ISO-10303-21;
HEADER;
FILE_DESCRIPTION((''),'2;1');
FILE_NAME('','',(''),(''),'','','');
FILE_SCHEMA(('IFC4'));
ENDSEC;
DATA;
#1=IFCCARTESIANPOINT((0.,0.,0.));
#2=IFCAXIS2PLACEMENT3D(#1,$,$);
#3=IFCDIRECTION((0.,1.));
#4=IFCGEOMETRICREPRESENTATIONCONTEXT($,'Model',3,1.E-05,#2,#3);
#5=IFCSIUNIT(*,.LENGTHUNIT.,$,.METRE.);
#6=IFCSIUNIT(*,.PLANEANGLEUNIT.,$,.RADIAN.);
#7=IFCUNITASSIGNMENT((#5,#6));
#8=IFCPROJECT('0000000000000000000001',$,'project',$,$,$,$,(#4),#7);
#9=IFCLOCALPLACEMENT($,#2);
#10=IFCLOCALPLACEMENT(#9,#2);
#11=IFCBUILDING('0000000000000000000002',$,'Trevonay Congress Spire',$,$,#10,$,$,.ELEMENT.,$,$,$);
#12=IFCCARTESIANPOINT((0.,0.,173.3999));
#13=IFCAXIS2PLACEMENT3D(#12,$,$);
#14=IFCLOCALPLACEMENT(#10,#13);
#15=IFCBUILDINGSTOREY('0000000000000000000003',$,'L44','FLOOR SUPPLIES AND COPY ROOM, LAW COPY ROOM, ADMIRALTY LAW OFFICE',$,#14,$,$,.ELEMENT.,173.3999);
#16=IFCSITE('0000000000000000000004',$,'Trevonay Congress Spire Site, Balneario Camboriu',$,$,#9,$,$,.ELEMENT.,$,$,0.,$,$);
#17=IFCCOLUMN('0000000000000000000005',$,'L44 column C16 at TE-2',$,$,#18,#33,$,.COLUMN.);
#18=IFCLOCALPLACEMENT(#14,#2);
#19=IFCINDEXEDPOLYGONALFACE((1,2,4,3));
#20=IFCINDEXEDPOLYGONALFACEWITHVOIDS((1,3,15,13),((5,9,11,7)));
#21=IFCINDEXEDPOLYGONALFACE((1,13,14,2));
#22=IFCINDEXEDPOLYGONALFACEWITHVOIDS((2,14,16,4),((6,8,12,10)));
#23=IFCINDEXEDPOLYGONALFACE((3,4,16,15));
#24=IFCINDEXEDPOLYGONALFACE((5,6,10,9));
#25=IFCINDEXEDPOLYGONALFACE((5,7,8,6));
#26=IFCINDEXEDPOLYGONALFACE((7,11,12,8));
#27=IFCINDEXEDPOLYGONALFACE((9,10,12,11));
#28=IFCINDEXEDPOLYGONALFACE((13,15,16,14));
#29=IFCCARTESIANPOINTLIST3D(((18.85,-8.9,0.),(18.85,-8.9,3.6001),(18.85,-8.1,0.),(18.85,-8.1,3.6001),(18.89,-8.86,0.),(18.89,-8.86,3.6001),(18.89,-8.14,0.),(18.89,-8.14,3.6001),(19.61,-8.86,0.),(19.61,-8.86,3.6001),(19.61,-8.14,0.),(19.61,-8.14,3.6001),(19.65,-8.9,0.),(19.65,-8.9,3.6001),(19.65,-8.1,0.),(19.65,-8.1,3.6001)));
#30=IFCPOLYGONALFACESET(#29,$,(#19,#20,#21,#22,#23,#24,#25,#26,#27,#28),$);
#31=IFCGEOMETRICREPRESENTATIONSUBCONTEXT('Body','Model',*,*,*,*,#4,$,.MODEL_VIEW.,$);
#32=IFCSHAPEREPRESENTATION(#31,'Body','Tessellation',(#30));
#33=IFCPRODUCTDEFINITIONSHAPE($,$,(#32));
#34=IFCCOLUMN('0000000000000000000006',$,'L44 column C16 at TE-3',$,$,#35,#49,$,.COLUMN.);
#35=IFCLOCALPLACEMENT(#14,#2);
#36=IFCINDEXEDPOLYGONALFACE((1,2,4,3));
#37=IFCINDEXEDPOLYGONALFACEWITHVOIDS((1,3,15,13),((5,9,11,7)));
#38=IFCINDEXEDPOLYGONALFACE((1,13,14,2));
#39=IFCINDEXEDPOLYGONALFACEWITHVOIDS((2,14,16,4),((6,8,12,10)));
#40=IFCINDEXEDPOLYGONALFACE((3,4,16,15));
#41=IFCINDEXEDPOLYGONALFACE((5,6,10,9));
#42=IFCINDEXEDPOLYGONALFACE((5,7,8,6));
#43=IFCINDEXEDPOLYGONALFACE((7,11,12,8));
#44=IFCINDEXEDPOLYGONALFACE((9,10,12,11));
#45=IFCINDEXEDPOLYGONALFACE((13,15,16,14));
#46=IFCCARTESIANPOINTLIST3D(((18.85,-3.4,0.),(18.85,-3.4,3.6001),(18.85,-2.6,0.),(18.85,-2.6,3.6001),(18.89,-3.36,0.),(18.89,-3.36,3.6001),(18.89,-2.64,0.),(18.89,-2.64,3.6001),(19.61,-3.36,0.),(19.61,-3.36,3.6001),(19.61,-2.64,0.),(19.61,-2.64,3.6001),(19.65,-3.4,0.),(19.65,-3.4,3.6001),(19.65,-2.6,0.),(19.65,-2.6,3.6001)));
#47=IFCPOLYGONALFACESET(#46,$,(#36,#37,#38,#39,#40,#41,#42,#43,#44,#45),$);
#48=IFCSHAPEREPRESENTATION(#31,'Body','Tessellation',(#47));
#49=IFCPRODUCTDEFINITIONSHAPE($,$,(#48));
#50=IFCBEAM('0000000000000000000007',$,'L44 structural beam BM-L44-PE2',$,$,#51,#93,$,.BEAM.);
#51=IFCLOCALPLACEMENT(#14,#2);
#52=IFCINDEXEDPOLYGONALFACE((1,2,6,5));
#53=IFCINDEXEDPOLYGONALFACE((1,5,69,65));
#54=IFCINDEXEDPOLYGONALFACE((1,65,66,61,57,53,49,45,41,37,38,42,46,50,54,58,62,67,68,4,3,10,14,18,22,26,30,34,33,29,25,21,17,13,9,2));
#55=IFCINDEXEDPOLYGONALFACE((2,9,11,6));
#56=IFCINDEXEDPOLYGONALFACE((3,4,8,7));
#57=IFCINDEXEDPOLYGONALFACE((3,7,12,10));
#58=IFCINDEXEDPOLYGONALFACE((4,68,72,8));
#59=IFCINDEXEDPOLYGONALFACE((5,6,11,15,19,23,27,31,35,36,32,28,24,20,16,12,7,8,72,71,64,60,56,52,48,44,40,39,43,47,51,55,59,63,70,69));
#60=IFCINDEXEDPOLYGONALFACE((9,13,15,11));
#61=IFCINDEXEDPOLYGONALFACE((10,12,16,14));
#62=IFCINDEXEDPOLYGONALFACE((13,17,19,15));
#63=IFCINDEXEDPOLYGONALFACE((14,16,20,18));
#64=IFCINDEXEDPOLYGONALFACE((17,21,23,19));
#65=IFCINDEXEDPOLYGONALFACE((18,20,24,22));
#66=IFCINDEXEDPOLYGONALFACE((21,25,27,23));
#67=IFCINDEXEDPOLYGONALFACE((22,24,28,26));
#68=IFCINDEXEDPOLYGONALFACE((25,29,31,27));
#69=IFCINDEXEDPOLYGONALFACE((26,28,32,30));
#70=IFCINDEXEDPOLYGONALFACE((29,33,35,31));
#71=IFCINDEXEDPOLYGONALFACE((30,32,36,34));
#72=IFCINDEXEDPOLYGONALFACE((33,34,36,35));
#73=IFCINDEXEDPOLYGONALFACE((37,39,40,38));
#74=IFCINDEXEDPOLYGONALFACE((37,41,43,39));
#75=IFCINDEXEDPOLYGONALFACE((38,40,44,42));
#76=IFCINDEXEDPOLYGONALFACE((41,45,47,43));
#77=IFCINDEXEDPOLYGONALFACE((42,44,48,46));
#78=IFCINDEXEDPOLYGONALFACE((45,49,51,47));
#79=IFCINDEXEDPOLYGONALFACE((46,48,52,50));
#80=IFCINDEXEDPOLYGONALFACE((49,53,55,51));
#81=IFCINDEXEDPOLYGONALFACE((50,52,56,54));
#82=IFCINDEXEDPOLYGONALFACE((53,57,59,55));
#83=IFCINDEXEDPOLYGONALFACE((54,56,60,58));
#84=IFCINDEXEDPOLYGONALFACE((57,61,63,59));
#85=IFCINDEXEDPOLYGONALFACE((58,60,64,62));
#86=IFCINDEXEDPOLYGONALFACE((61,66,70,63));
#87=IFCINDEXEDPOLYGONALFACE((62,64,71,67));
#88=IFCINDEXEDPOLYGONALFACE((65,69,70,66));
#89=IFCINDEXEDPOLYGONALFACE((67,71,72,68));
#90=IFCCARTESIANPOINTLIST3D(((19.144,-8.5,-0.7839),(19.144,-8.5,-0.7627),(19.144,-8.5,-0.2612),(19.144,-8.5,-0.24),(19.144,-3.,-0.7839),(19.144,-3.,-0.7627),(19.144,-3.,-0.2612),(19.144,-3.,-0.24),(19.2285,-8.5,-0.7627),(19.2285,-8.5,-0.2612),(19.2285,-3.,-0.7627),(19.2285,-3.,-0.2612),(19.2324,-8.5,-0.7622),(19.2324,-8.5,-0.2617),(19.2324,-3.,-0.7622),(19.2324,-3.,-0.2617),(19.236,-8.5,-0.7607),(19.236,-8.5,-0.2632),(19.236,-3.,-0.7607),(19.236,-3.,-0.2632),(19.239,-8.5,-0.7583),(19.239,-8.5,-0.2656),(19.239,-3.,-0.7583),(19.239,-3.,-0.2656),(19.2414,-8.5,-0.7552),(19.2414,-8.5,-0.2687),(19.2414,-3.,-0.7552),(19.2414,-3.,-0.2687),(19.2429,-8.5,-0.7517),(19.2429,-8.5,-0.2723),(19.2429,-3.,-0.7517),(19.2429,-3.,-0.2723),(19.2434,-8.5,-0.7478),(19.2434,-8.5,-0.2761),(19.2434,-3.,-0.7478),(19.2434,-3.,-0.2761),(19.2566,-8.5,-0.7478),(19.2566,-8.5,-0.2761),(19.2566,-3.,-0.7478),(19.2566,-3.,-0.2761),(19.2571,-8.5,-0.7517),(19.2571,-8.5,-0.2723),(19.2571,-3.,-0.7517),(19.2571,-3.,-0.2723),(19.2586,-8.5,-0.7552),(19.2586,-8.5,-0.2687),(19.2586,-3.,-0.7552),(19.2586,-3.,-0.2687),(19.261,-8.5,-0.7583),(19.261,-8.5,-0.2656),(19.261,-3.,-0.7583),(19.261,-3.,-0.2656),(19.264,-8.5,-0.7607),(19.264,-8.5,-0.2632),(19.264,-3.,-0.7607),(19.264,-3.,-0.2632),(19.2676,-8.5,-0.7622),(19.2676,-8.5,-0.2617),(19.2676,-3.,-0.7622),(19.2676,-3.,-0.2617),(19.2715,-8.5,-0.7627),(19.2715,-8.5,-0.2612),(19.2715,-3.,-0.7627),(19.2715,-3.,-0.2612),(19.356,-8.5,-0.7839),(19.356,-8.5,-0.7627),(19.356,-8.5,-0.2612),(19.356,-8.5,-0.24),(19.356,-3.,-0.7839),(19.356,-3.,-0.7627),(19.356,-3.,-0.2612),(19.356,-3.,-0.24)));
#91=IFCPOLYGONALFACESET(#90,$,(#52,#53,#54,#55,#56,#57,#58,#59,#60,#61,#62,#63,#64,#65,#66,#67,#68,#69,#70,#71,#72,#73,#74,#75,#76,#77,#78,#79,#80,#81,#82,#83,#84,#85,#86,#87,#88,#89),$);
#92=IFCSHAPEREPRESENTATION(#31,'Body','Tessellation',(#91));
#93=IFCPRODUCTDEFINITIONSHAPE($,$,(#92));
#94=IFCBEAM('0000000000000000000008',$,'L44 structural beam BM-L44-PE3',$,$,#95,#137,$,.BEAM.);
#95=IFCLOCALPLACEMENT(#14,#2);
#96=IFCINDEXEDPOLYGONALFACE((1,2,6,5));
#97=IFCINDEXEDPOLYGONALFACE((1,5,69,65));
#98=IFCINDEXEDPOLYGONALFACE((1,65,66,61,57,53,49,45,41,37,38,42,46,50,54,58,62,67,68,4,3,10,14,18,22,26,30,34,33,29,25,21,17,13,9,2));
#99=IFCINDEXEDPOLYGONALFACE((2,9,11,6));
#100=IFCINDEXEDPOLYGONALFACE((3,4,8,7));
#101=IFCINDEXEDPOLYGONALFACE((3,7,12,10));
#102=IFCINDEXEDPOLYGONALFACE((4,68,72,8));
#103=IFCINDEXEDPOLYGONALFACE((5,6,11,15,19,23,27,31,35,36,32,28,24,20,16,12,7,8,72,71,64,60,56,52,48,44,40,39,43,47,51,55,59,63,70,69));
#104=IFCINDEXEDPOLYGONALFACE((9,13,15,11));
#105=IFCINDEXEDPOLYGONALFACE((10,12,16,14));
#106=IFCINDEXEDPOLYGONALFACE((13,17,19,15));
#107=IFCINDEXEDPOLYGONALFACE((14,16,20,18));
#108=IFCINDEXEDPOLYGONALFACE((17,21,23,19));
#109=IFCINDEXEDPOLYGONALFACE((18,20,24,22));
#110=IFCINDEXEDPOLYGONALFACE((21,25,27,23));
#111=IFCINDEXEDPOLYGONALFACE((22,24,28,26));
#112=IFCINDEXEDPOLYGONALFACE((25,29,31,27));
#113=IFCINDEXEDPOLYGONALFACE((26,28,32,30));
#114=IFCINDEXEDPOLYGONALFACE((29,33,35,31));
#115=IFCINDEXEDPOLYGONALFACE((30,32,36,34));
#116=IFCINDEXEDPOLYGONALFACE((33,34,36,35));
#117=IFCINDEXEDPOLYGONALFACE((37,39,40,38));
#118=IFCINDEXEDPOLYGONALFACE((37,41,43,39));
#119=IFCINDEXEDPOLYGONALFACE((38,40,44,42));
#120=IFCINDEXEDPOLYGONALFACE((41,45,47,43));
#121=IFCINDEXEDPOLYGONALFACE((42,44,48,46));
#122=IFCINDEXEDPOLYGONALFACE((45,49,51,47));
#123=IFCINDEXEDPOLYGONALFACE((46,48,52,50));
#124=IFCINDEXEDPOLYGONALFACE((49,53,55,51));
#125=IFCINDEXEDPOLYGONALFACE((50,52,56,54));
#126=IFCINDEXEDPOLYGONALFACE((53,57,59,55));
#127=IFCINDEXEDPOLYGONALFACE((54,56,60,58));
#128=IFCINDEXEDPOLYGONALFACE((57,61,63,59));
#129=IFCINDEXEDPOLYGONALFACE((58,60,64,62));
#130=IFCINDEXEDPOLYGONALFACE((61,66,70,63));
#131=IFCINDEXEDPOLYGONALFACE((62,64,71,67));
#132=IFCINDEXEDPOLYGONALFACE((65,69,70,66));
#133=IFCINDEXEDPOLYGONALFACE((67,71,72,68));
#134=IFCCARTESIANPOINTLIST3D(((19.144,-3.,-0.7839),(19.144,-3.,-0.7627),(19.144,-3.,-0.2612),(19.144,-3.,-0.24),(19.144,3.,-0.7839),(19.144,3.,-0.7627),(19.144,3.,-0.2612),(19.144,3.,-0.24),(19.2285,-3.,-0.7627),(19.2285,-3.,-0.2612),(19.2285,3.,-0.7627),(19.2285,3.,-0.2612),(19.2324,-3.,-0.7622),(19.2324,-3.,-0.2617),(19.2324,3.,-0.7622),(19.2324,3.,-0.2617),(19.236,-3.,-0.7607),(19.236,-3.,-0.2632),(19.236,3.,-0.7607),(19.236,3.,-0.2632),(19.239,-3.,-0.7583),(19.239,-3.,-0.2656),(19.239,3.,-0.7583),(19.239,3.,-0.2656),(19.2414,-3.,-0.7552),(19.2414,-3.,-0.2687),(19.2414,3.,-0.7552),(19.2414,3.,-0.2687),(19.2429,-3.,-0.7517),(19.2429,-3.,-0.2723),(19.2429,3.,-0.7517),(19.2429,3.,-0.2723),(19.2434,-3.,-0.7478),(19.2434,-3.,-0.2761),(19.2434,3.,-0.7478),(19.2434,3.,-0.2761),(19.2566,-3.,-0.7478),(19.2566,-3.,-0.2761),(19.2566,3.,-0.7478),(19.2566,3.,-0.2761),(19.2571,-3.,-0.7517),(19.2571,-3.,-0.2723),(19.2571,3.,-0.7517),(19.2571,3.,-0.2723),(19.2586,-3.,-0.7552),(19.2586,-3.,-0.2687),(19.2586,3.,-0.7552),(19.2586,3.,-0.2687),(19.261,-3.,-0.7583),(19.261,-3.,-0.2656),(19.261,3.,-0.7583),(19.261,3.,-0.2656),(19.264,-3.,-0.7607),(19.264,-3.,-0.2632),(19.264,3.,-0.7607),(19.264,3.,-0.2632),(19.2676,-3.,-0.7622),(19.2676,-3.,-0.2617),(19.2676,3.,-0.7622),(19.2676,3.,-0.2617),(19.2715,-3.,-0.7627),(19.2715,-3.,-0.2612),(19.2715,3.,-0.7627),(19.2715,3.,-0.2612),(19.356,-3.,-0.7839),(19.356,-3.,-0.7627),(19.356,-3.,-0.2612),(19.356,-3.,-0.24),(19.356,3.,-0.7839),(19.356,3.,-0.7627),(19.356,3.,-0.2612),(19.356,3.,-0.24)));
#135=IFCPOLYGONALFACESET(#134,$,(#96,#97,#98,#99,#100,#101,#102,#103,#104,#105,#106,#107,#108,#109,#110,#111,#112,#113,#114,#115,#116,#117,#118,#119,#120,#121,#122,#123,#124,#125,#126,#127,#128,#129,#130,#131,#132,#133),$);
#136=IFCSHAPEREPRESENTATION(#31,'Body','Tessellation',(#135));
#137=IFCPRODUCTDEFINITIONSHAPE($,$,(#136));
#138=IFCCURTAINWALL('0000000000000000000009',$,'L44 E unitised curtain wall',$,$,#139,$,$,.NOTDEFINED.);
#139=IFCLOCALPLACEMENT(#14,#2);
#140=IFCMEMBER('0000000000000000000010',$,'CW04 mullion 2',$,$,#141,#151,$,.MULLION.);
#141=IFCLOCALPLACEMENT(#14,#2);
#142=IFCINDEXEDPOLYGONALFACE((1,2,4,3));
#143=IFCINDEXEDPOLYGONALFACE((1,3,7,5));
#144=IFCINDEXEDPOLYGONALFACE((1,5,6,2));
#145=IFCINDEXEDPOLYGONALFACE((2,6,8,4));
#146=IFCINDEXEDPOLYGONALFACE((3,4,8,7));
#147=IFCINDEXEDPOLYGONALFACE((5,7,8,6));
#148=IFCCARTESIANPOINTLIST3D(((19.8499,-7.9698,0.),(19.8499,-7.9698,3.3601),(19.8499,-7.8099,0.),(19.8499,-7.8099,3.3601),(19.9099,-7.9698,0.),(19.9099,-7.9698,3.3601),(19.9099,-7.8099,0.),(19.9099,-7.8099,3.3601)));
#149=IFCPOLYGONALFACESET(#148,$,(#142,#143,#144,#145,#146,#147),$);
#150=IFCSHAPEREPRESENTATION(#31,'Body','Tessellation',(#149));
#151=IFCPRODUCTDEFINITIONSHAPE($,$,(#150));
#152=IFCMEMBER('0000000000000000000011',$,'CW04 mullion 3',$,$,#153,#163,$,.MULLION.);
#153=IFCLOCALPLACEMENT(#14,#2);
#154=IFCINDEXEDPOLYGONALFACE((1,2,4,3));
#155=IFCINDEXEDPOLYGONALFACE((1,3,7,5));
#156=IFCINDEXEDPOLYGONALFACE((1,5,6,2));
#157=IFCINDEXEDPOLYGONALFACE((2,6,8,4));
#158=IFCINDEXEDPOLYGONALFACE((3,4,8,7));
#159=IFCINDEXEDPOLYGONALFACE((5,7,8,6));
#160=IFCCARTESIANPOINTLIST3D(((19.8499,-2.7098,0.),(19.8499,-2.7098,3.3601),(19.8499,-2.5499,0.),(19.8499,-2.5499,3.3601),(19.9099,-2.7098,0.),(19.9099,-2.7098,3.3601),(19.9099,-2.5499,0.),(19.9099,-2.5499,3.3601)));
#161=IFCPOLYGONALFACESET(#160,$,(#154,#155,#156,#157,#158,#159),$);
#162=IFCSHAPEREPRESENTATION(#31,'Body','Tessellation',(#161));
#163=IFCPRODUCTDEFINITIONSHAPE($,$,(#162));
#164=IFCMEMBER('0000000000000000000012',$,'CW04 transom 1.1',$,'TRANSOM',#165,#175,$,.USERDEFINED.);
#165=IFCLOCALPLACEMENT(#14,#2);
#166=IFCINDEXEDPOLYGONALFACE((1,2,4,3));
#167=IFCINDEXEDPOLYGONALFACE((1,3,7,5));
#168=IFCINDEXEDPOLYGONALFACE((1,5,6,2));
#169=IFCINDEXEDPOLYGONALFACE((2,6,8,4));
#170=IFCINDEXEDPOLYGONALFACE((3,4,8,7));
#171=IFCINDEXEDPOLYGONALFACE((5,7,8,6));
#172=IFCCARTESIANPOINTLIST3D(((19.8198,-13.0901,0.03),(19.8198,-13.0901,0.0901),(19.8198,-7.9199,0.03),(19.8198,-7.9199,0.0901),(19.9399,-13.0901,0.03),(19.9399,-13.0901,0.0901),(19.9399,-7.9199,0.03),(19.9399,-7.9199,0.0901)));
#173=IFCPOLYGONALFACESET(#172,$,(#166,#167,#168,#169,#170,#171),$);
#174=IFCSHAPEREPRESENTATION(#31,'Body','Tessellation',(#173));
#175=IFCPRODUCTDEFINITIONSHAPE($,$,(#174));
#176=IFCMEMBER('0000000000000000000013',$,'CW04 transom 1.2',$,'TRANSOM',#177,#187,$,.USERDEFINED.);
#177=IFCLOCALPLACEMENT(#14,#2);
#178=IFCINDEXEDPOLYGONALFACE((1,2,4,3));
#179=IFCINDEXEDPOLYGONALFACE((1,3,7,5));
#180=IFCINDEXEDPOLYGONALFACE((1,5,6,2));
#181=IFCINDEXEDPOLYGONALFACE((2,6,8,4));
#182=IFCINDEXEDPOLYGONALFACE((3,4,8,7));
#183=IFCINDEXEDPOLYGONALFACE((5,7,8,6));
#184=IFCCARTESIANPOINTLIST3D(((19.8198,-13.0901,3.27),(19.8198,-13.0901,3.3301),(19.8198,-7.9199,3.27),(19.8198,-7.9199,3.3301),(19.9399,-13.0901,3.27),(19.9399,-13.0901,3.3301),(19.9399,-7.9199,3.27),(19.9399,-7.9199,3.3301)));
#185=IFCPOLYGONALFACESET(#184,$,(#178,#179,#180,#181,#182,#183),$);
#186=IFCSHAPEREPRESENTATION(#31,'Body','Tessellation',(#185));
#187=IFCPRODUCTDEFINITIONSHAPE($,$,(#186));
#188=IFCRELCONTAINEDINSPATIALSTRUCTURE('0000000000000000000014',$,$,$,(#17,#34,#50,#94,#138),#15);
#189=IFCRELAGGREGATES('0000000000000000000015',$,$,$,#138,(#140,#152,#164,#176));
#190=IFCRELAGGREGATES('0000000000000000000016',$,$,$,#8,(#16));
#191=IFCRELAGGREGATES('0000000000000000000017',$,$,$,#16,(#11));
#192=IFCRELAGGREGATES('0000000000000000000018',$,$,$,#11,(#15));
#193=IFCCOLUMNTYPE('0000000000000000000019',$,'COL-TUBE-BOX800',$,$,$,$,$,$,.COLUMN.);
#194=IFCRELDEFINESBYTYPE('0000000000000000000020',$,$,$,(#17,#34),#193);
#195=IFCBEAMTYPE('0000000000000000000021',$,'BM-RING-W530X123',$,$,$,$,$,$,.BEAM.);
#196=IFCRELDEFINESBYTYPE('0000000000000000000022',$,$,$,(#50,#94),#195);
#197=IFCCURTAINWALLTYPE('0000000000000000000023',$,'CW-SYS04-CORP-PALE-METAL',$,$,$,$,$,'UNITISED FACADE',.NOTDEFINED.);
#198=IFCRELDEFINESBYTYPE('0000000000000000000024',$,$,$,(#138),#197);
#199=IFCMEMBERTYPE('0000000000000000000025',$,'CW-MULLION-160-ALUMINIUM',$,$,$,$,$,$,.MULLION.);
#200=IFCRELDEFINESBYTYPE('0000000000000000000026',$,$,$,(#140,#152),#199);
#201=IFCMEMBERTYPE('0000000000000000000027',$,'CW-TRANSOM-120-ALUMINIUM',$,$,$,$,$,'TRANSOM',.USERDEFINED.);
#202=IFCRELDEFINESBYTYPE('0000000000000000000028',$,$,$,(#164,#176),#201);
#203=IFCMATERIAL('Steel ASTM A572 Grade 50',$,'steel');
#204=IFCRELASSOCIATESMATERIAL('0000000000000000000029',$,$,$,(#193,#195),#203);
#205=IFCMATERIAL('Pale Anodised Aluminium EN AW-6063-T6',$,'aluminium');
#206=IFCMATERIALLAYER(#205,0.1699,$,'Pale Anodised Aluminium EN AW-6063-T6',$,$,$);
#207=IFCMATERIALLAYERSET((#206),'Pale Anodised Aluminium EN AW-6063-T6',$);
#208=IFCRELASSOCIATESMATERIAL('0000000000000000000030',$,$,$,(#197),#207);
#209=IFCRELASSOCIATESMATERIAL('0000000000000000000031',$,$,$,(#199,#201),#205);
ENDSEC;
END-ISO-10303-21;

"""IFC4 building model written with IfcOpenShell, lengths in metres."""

from ifc_helpers import new_model, si_unit, direction, frame, origin, origin_2d, place, context, subcontext, project, spatial, rectangle, hollow_rectangle, i_section, extrude, material, layer, layer_set, material_profile, profile_set, type_object, element, aggregate, save


model = new_model("IFC4")

# Units and contexts
model_context = context("Model", 3, precision=1e-05, world=origin(), true_north=direction((0.0, 1.0)))
body_context = subcontext(model_context, "Body", "Model", "MODEL_VIEW")
ifc_project = project(units=[si_unit("LENGTHUNIT", "METRE"), si_unit("PLANEANGLEUNIT", "RADIAN")], contexts=[model_context])

# Site, building, storey
site_placement = place(None, origin())
site = spatial("IfcSite", under=ifc_project, at=site_placement, Name="Trevonay Congress Spire Site, Balneario Camboriu", CompositionType="ELEMENT", RefElevation=0.0)
building_placement = place(site_placement, origin())
building = spatial("IfcBuilding", under=site, at=building_placement, Name="Trevonay Congress Spire", CompositionType="ELEMENT")
storey_placement = place(building_placement, frame((0.0, 0.0, 173.3999)))
storey = spatial("IfcBuildingStorey", under=building, at=storey_placement, Name="L44", Description="FLOOR SUPPLIES AND COPY ROOM, LAW COPY ROOM, ADMIRALTY LAW OFFICE", CompositionType="ELEMENT", Elevation=173.3999)

# Columns
ifc_material_1 = material(Name="Steel ASTM A572 Grade 50", Category="steel")
ifc_material_profile_1 = material_profile(ifc_material_1, hollow_rectangle(XDim=0.8, YDim=0.8, WallThickness=0.04, at=origin_2d()), Name="BOX 800x800x40")
ifc_profile_set_1 = profile_set([ifc_material_profile_1], Name="Steel ASTM A572 Grade 50")
column_type = type_object("IfcColumnType", Name="COL-TUBE-BOX800", PredefinedType="COLUMN", material=ifc_profile_set_1)
for number, where, z_axis, x_axis, name in (
    (1, (19.25, -8.5, 0.0), (0.0, 0.0, 1.0), (1.0, 0.0, 0.0), "L44 column C16 at TE-2"),
    (2, (19.25, -3.0, 0.0), (0.0, 0.0, 1.0), (1.0, 0.0, 0.0), "L44 column C16 at TE-3"),
):
    element("IfcColumn", number, at=place(storey_placement, frame(where, z_axis=z_axis, x_axis=x_axis)), inside=storey, type_object=column_type, Name=name, PredefinedType="COLUMN", context=body_context, shape_type="SweptSolid", body=[
        extrude(hollow_rectangle(XDim=0.8, YDim=0.8, WallThickness=0.04, at=origin_2d()), origin(), (0.0, 0.0, 1.0), 3.6001),
    ])

# Beams
ifc_material_profile_2 = material_profile(ifc_material_1, i_section(OverallWidth=0.2119, OverallDepth=0.5439, WebThickness=0.0132, FlangeThickness=0.0212, FilletRadius=0.0149, at=origin_2d()), Name="W530x123")
ifc_profile_set_2 = profile_set([ifc_material_profile_2], Name="Steel ASTM A572 Grade 50")
beam_type = type_object("IfcBeamType", Name="BM-RING-W530X123", PredefinedType="BEAM", material=ifc_profile_set_2)
beam_1_placement = place(storey_placement, frame((19.25, -8.5, -0.512), z_axis=(0.0, 1.0, 0.0), x_axis=(-1.0, 0.0, 0.0)))
element("IfcBeam", 3, at=beam_1_placement, inside=storey, type_object=beam_type, Name="L44 structural beam BM-L44-PE2", PredefinedType="BEAM", context=body_context, shape_type="SweptSolid", body=[
    extrude(i_section(OverallWidth=0.2119, OverallDepth=0.5439, WebThickness=0.0132, FlangeThickness=0.0212, FilletRadius=0.0149, at=origin_2d()), origin(), (0.0, 0.0, 1.0), 5.5),
])
beam_2_placement = place(storey_placement, frame((19.25, -3.0, -0.512), z_axis=(0.0, 1.0, 0.0), x_axis=(-1.0, 0.0, 0.0)))
element("IfcBeam", 4, at=beam_2_placement, inside=storey, type_object=beam_type, Name="L44 structural beam BM-L44-PE3", PredefinedType="BEAM", context=body_context, shape_type="SweptSolid", body=[
    extrude(i_section(OverallWidth=0.2119, OverallDepth=0.5439, WebThickness=0.0132, FlangeThickness=0.0212, FilletRadius=0.0149, at=origin_2d()), origin(), (0.0, 0.0, 1.0), 6.0),
])

# Curtain wall, members
ifc_material_2 = material(Name="Pale Anodised Aluminium EN AW-6063-T6", Category="aluminium")
ifc_layer_1 = layer(ifc_material_2, 0.1699, Name="Pale Anodised Aluminium EN AW-6063-T6")
ifc_layer_set_1 = layer_set([ifc_layer_1], Name="Pale Anodised Aluminium EN AW-6063-T6")
curtain_wall_type = type_object("IfcCurtainWallType", Name="CW-SYS04-CORP-PALE-METAL", ElementType="UNITISED FACADE", PredefinedType="NOTDEFINED", material=ifc_layer_set_1)
curtain_wall_placement = place(storey_placement, origin())
curtain_wall = element("IfcCurtainWall", 5, at=curtain_wall_placement, inside=storey, type_object=curtain_wall_type, Name="L44 E unitised curtain wall", PredefinedType="NOTDEFINED")
ifc_material_profile_3 = material_profile(ifc_material_2, rectangle(XDim=0.0601, YDim=0.1599, at=origin_2d()), Name="CW-MULLION-160-ALUMINIUM")
ifc_profile_set_3 = profile_set([ifc_material_profile_3], Name="Pale Anodised Aluminium EN AW-6063-T6")
member_type_1 = type_object("IfcMemberType", Name="CW-MULLION-160-ALUMINIUM", PredefinedType="MULLION", material=ifc_profile_set_3)
member_1_placement = place(storey_placement, frame((19.8799, -7.8899, 0.0), z_axis=(0.0, 0.0, 1.0), x_axis=(-1.0, 0.0, 0.0)))
member_1 = element("IfcMember", 6, at=member_1_placement, type_object=member_type_1, Name="CW04 mullion 2", PredefinedType="MULLION", context=body_context, shape_type="SweptSolid", body=[
    extrude(rectangle(XDim=0.0601, YDim=0.1599, at=origin_2d()), origin(), (0.0, 0.0, 1.0), 3.3601),
])
member_2_placement = place(storey_placement, frame((19.8799, -2.6299, 0.0), z_axis=(0.0, 0.0, 1.0), x_axis=(-1.0, 0.0, 0.0)))
member_2 = element("IfcMember", 7, at=member_2_placement, type_object=member_type_1, Name="CW04 mullion 3", PredefinedType="MULLION", context=body_context, shape_type="SweptSolid", body=[
    extrude(rectangle(XDim=0.0601, YDim=0.1599, at=origin_2d()), origin(), (0.0, 0.0, 1.0), 3.3601),
])
ifc_material_profile_4 = material_profile(ifc_material_2, rectangle(XDim=0.1201, YDim=0.0601, at=origin_2d()), Name="CW-TRANSOM-120-ALUMINIUM")
ifc_profile_set_4 = profile_set([ifc_material_profile_4], Name="Pale Anodised Aluminium EN AW-6063-T6")
member_type_2 = type_object("IfcMemberType", Name="CW-TRANSOM-120-ALUMINIUM", ElementType="TRANSOM", PredefinedType="USERDEFINED", material=ifc_profile_set_4)
member_3_placement = place(storey_placement, frame((19.8799, -13.0901, 0.0601), z_axis=(0.0, 1.0, 0.0), x_axis=(-1.0, 0.0, 0.0)))
member_3 = element("IfcMember", 8, at=member_3_placement, type_object=member_type_2, Name="CW04 transom 1.1", ObjectType="TRANSOM", PredefinedType="USERDEFINED", context=body_context, shape_type="SweptSolid", body=[
    extrude(rectangle(XDim=0.1201, YDim=0.0601, at=origin_2d()), origin(), (0.0, 0.0, 1.0), 5.1702),
])
member_4_placement = place(storey_placement, frame((19.8799, -13.0901, 3.3), z_axis=(0.0, 1.0, 0.0), x_axis=(-1.0, 0.0, 0.0)))
member_4 = element("IfcMember", 9, at=member_4_placement, type_object=member_type_2, Name="CW04 transom 1.2", ObjectType="TRANSOM", PredefinedType="USERDEFINED", context=body_context, shape_type="SweptSolid", body=[
    extrude(rectangle(XDim=0.1201, YDim=0.0601, at=origin_2d()), origin(), (0.0, 0.0, 1.0), 5.1702),
])
aggregate(curtain_wall, [member_1, member_2, member_3, member_4])

save(model, "model.ifc")
